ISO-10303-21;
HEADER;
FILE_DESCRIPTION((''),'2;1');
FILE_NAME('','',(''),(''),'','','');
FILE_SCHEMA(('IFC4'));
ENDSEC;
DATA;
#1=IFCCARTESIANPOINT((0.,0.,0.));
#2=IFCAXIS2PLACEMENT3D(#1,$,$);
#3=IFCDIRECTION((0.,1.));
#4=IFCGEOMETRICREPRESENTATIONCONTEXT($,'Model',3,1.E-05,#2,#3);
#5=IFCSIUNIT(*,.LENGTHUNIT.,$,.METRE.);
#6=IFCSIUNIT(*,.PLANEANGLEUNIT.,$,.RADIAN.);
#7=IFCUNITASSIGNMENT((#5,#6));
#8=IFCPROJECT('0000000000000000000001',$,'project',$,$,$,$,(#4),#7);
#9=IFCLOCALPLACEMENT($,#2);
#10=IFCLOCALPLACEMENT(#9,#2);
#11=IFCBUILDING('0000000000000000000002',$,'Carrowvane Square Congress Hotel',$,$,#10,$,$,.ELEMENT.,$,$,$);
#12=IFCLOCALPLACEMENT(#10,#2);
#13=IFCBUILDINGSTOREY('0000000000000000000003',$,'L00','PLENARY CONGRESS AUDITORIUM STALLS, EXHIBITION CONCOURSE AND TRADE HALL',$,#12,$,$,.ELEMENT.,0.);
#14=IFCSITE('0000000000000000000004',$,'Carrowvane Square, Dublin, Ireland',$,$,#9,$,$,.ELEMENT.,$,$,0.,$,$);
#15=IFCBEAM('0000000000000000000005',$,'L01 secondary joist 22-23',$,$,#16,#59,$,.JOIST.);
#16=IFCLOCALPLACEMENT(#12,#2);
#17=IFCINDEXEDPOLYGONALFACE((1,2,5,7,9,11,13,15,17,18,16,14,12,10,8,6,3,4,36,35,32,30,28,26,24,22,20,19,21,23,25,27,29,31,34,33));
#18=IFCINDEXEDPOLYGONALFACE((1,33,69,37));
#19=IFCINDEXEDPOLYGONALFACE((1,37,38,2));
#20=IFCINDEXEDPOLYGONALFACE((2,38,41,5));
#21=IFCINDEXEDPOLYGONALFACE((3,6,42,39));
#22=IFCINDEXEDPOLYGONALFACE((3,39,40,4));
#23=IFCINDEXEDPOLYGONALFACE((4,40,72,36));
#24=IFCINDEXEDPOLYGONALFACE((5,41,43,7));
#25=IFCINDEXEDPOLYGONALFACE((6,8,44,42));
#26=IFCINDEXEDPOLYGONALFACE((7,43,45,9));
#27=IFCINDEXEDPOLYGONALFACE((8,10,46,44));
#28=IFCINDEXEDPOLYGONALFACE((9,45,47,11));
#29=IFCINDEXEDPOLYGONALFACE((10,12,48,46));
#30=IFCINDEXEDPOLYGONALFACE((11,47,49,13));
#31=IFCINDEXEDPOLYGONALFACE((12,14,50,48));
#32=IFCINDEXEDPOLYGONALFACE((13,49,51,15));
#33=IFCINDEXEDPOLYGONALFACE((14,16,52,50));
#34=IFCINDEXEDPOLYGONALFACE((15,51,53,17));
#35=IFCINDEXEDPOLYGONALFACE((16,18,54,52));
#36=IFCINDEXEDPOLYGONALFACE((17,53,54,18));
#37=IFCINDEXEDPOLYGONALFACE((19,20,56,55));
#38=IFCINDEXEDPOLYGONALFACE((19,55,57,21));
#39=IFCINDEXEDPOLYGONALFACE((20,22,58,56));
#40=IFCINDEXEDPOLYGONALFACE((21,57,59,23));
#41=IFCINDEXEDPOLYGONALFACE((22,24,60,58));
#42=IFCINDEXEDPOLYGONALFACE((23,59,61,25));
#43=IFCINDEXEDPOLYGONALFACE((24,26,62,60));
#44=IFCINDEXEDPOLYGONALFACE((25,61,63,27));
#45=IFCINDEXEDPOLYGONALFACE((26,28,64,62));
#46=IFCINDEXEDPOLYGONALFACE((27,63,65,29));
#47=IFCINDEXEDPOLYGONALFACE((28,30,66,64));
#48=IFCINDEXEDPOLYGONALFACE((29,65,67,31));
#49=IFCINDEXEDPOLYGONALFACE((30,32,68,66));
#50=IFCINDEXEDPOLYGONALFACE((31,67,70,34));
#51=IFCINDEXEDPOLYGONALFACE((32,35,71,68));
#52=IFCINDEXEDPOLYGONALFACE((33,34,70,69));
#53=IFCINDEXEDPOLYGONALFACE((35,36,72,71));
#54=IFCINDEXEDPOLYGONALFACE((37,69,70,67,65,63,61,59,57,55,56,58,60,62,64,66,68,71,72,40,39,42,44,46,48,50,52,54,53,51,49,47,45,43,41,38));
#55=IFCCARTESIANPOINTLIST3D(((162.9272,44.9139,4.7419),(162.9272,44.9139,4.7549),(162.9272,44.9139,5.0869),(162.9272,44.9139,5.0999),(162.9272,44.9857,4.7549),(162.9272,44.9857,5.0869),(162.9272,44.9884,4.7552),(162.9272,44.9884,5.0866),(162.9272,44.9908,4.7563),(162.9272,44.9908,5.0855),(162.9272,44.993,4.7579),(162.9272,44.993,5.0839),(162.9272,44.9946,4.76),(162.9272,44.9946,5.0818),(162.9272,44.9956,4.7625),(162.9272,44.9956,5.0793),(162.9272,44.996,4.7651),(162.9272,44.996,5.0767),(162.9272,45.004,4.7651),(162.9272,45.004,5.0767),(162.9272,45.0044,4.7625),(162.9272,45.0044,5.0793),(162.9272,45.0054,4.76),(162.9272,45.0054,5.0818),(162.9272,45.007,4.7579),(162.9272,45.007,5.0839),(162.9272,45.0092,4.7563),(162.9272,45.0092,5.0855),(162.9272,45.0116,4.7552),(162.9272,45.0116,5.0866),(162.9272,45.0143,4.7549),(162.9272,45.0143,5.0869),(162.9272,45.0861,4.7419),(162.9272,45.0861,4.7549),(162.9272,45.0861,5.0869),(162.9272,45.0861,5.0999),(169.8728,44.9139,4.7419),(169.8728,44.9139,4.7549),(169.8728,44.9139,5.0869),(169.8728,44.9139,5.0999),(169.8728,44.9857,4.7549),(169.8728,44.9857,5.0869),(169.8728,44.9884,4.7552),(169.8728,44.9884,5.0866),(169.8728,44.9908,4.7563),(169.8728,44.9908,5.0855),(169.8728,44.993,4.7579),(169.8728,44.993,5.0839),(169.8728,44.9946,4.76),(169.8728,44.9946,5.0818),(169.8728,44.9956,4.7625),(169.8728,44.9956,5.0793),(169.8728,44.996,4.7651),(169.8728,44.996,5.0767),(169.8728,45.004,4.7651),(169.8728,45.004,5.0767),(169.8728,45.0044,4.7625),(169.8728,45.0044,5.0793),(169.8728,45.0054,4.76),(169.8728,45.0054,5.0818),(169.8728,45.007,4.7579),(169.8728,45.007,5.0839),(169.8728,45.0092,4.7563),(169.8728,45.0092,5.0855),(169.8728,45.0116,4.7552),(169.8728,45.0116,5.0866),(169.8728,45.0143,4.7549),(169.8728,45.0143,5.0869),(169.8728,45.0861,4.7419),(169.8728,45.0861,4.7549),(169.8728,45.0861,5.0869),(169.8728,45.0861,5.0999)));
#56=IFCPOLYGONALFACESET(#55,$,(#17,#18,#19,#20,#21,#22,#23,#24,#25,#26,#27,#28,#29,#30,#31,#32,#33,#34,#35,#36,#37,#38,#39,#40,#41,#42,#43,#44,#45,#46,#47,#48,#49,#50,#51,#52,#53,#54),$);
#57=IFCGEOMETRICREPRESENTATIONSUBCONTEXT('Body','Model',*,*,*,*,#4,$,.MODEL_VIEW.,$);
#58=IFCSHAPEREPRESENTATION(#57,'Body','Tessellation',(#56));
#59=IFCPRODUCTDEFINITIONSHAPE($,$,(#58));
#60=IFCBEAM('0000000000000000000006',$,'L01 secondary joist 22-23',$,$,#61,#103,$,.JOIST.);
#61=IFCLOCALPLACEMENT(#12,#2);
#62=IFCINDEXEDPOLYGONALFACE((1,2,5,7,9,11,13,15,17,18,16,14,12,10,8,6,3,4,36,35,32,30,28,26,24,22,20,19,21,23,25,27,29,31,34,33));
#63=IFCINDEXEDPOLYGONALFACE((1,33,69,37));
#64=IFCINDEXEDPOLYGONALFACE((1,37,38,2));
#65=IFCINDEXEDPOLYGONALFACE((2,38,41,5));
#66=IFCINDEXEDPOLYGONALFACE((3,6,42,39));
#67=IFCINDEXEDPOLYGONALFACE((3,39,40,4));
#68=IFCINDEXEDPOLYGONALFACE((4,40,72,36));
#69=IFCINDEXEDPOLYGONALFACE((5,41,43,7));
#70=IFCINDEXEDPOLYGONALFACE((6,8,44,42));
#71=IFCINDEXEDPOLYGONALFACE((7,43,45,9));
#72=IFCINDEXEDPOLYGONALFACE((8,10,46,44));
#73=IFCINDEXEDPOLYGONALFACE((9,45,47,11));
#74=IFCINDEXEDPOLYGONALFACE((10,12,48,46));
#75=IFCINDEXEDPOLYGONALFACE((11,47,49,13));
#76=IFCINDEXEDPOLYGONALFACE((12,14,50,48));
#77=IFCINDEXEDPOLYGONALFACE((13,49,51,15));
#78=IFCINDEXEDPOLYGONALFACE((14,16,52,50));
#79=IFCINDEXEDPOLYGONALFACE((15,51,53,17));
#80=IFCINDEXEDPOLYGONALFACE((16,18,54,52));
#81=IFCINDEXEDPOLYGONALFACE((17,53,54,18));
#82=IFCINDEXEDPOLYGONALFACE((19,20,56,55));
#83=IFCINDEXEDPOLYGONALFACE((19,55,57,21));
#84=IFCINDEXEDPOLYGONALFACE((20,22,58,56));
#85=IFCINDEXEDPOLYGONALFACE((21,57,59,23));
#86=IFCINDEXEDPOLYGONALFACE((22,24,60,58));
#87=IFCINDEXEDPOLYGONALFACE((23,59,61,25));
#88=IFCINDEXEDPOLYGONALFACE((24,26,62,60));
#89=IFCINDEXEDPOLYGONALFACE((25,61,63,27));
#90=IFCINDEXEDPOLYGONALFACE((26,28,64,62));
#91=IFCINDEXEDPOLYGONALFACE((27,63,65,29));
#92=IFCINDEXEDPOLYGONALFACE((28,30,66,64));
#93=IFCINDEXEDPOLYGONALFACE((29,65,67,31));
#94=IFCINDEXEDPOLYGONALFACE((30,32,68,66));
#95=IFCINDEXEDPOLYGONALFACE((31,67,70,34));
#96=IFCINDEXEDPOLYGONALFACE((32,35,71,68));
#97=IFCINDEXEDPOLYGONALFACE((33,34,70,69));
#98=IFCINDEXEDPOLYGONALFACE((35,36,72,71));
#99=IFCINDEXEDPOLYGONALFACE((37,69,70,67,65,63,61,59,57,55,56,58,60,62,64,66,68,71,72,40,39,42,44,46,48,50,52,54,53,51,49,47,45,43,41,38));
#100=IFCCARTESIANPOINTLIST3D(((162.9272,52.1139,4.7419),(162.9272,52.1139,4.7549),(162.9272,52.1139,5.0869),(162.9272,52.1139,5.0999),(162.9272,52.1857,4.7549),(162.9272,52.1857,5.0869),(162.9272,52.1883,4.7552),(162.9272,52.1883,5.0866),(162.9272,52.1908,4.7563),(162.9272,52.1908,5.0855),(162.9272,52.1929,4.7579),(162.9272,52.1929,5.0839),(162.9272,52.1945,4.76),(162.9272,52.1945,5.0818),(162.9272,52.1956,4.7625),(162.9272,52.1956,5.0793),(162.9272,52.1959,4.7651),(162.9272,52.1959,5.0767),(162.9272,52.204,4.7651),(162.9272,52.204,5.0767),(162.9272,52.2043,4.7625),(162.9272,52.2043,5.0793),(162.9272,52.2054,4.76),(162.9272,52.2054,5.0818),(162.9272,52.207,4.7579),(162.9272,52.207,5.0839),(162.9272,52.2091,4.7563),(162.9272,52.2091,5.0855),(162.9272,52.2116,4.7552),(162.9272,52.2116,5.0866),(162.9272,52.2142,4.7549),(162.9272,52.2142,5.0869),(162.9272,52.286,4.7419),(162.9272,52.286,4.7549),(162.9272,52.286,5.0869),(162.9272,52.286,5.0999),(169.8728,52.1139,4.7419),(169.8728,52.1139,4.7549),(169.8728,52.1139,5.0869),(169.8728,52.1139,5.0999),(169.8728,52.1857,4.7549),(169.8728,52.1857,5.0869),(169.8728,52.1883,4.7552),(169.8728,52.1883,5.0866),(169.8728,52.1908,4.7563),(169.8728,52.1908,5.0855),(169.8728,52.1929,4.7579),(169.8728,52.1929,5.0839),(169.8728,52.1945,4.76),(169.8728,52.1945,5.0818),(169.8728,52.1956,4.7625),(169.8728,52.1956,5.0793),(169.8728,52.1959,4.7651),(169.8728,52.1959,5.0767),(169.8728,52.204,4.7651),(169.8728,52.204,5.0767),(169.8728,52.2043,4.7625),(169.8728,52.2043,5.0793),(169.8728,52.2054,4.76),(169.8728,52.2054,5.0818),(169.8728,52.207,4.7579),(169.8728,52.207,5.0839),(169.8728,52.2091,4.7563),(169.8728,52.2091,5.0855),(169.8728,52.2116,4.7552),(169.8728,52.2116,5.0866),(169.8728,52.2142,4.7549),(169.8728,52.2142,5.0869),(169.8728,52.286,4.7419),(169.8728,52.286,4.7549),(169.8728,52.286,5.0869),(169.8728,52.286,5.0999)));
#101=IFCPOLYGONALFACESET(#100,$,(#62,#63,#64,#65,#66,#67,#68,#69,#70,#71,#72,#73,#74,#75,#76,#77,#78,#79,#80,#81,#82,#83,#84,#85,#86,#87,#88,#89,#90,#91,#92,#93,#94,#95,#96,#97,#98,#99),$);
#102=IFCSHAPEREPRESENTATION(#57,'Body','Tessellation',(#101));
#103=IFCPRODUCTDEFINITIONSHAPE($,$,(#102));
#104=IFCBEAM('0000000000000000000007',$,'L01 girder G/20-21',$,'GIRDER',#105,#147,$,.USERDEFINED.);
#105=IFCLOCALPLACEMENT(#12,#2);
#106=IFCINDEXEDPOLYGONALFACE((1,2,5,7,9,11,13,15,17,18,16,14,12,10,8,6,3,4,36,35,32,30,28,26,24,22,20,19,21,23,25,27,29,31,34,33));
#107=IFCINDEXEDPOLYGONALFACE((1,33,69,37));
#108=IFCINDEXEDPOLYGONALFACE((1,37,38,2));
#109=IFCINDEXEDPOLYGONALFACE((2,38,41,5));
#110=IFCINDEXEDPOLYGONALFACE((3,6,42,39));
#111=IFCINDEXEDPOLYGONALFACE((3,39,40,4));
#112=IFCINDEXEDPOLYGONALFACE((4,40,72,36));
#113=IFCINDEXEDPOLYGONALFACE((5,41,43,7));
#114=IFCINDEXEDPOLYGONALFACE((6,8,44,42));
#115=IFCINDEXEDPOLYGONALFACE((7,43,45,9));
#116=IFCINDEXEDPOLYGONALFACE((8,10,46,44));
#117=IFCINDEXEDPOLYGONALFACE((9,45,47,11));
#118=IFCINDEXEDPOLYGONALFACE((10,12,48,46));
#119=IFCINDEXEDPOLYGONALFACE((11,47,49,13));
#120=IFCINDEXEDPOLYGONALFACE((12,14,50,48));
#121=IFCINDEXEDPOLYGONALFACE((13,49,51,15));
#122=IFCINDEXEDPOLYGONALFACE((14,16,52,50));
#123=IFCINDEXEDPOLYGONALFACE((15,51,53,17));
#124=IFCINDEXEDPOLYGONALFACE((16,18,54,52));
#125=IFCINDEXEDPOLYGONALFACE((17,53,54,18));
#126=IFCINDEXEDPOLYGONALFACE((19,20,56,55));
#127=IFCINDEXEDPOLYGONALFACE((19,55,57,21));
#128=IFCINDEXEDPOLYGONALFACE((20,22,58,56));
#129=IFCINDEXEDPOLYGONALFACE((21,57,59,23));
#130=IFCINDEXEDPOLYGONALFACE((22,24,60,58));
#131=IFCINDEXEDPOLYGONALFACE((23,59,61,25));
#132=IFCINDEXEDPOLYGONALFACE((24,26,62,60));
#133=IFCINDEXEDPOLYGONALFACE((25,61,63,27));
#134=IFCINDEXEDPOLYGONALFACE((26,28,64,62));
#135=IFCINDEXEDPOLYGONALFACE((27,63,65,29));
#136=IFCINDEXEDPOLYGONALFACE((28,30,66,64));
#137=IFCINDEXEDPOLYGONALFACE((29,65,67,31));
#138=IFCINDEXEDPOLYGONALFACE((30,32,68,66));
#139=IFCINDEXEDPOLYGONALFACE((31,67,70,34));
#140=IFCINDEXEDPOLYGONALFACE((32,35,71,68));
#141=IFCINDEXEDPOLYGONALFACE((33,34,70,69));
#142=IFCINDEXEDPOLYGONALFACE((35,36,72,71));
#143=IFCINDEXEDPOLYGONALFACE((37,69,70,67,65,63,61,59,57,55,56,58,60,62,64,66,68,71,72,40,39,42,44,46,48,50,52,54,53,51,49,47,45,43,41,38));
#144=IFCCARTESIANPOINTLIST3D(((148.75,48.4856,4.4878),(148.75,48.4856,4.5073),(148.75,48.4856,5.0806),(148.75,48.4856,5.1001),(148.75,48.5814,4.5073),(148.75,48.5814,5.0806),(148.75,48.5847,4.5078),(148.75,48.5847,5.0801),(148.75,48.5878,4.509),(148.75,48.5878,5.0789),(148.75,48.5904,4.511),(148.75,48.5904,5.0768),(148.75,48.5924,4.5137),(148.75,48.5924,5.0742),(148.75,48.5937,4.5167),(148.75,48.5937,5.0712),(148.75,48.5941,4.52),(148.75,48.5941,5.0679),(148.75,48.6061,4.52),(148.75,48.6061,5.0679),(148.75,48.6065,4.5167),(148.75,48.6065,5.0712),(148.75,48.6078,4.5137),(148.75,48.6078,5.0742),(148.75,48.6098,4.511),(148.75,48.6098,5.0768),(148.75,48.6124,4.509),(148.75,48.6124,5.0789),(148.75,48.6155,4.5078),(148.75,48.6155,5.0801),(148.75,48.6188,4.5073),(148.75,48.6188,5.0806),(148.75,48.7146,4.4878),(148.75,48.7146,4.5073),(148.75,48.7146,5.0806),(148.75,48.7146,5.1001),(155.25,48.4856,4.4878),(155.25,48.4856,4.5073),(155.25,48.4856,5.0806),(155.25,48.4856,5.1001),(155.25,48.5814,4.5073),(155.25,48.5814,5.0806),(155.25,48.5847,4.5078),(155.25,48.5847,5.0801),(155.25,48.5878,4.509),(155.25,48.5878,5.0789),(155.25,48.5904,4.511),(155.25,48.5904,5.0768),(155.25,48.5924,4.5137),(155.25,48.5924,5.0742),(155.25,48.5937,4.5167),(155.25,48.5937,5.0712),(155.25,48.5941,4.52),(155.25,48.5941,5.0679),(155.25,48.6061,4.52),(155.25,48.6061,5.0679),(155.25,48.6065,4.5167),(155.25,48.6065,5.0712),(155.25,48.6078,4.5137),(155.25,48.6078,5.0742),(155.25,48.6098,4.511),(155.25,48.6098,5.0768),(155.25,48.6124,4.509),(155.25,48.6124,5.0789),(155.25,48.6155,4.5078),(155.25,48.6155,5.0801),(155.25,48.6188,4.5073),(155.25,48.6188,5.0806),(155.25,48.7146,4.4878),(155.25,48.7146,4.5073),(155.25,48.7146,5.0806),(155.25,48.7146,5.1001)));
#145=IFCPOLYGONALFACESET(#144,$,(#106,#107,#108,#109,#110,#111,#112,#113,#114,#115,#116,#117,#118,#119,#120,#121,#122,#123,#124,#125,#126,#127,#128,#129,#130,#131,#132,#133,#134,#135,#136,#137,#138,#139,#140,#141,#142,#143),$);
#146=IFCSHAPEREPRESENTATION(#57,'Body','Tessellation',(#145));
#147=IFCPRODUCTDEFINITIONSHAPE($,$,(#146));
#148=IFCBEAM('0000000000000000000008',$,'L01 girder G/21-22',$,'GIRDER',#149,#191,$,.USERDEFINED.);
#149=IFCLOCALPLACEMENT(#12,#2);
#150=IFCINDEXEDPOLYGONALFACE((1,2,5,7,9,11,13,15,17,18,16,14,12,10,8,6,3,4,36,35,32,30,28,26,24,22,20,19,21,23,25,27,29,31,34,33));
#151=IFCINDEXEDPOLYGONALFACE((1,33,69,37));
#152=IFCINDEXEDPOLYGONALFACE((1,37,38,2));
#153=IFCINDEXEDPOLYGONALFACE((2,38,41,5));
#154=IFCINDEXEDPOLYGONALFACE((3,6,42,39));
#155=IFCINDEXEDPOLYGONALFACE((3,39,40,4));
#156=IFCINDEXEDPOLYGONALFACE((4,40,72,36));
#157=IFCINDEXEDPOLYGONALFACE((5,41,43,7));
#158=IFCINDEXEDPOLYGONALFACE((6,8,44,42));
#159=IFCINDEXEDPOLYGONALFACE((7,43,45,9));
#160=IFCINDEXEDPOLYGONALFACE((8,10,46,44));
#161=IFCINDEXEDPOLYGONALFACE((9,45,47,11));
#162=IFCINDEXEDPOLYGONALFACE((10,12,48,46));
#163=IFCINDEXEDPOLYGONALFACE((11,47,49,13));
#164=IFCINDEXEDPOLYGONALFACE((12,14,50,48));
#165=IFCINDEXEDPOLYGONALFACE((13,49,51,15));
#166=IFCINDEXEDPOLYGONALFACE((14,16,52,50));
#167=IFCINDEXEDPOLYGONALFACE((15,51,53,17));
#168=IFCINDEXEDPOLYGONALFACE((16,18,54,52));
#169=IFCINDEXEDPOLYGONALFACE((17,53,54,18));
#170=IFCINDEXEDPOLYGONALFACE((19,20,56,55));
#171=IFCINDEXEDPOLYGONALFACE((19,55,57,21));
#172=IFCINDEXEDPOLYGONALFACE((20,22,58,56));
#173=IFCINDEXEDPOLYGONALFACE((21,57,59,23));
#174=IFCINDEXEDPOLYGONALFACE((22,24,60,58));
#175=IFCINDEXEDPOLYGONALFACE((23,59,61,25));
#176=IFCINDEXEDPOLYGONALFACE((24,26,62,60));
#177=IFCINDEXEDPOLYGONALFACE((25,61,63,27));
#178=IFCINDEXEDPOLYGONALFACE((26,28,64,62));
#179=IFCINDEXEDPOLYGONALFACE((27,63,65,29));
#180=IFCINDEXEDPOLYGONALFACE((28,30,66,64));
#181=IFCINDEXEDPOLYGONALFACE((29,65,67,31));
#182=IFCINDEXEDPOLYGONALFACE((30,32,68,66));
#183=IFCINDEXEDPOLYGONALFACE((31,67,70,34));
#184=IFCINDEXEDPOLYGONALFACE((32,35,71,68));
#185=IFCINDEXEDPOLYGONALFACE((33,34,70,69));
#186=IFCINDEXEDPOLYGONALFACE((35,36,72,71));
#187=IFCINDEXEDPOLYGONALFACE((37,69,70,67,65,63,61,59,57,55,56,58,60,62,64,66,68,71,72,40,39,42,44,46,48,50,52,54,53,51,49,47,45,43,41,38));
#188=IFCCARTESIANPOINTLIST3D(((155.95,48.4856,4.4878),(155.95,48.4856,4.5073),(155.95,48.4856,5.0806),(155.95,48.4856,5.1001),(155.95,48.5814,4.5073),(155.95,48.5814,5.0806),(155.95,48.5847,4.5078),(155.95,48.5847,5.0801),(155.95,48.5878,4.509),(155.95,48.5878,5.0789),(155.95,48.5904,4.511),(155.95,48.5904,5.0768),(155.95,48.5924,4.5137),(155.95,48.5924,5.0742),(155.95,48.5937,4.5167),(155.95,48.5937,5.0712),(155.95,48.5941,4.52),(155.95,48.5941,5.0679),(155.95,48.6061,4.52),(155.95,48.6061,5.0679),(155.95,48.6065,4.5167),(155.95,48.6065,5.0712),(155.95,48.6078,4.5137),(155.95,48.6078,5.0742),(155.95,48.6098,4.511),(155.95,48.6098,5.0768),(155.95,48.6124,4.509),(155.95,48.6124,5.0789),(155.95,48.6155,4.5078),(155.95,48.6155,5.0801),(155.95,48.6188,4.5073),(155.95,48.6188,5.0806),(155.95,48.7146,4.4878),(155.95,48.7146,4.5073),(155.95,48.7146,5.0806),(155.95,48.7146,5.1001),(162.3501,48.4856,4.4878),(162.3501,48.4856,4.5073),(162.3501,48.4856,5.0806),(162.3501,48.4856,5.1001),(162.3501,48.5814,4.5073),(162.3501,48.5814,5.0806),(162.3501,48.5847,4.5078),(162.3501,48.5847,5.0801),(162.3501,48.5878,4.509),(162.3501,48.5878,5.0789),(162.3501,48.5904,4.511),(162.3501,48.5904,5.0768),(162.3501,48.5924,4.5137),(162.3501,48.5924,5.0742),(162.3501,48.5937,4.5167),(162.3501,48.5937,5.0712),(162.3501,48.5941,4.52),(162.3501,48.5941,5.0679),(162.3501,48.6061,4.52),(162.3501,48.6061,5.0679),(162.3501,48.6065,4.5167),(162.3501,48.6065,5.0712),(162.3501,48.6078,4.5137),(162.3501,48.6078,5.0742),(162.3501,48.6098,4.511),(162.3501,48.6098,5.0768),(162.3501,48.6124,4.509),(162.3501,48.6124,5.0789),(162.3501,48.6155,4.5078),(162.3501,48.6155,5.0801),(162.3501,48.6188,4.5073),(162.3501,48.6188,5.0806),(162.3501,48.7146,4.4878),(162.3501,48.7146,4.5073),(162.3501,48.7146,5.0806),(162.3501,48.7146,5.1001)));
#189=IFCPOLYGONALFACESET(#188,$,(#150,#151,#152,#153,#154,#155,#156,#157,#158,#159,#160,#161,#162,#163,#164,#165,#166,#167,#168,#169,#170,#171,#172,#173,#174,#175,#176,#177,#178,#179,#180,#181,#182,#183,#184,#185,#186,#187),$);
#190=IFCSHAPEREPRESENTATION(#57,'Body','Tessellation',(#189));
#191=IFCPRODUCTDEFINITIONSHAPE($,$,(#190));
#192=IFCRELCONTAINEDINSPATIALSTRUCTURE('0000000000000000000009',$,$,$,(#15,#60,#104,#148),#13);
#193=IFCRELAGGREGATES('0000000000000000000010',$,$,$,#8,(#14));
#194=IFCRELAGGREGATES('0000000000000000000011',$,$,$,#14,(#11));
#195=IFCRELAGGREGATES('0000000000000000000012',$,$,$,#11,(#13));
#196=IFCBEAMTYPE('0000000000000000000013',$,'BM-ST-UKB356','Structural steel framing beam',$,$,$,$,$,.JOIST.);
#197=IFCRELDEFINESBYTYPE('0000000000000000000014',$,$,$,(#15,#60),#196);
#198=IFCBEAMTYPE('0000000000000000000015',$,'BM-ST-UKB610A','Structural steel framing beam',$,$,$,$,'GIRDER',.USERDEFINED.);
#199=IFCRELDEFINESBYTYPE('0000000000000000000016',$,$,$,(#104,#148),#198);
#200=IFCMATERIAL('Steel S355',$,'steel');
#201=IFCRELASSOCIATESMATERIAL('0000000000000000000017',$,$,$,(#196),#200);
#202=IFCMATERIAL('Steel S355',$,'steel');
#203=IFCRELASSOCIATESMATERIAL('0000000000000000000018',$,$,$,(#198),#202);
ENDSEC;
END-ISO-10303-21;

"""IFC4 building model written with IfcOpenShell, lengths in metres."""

from ifc_helpers import new_model, si_unit, direction, frame, origin, origin_2d, place, context, subcontext, project, spatial, i_section, extrude, material, material_profile, profile_set, type_object, element, save


model = new_model("IFC4")

# Units and contexts
model_context = context("Model", 3, precision=1e-05, world=origin(), true_north=direction((0.0, 1.0)))
body_context = subcontext(model_context, "Body", "Model", "MODEL_VIEW")
ifc_project = project(units=[si_unit("LENGTHUNIT", "METRE"), si_unit("PLANEANGLEUNIT", "RADIAN")], contexts=[model_context])

# Site, building, storey
site_placement = place(None, origin())
site = spatial("IfcSite", under=ifc_project, at=site_placement, Name="Carrowvane Square, Dublin, Ireland", CompositionType="ELEMENT", RefElevation=0.0)
building_placement = place(site_placement, origin())
building = spatial("IfcBuilding", under=site, at=building_placement, Name="Carrowvane Square Congress Hotel", CompositionType="ELEMENT")
storey_placement = place(building_placement, origin())
storey = spatial("IfcBuildingStorey", under=building, at=storey_placement, Name="L00", Description="PLENARY CONGRESS AUDITORIUM STALLS, EXHIBITION CONCOURSE AND TRADE HALL", CompositionType="ELEMENT", Elevation=0.0)

# Beams
ifc_material_1 = material(Name="Steel S355", Category="steel")
ifc_material_profile_1 = material_profile(ifc_material_1, i_section(OverallWidth=0.1721, OverallDepth=0.3579, WebThickness=0.0081, FlangeThickness=0.0129, FilletRadius=0.0103, at=origin_2d()), Name="UKB 356x171x57")
ifc_profile_set_1 = profile_set([ifc_material_profile_1], Name="Steel S355")
beam_type_1 = type_object("IfcBeamType", Name="BM-ST-UKB356", Description="Structural steel framing beam", PredefinedType="JOIST", material=ifc_profile_set_1)
for number, where, z_axis, x_axis, name in (
    (1, (162.9272, 45.0, 4.9209), (1.0, 0.0, 0.0), (0.0, 1.0, 0.0), "L01 secondary joist 22-23"),
    (2, (162.9272, 52.2, 4.9209), (1.0, 0.0, 0.0), (0.0, 1.0, 0.0), "L01 secondary joist 22-23"),
):
    element("IfcBeam", number, at=place(storey_placement, frame(where, z_axis=z_axis, x_axis=x_axis)), inside=storey, type_object=beam_type_1, Name=name, PredefinedType="JOIST", context=body_context, shape_type="SweptSolid", body=[
        extrude(i_section(OverallWidth=0.1721, OverallDepth=0.3579, WebThickness=0.0081, FlangeThickness=0.0129, FilletRadius=0.0103, at=origin_2d()), origin(), (0.0, 0.0, 1.0), 6.9456),
    ])
ifc_material_2 = material(Name="Steel S355", Category="steel")
ifc_material_profile_2 = material_profile(ifc_material_2, i_section(OverallWidth=0.229, OverallDepth=0.6123, WebThickness=0.012, FlangeThickness=0.0195, FilletRadius=0.0127, at=origin_2d()), Name="UKB 610x229x125")
ifc_profile_set_2 = profile_set([ifc_material_profile_2], Name="Steel S355")
beam_type_2 = type_object("IfcBeamType", Name="BM-ST-UKB610A", Description="Structural steel framing beam", ElementType="GIRDER", PredefinedType="USERDEFINED", material=ifc_profile_set_2)
beam_1_placement = place(storey_placement, frame((148.75, 48.6001, 4.7939), z_axis=(1.0, 0.0, 0.0), x_axis=(0.0, 1.0, 0.0)))
element("IfcBeam", 3, at=beam_1_placement, inside=storey, type_object=beam_type_2, Name="L01 girder G/20-21", ObjectType="GIRDER", PredefinedType="USERDEFINED", context=body_context, shape_type="SweptSolid", body=[
    extrude(i_section(OverallWidth=0.229, OverallDepth=0.6123, WebThickness=0.012, FlangeThickness=0.0195, FilletRadius=0.0127, at=origin_2d()), origin(), (0.0, 0.0, 1.0), 6.5),
])
beam_2_placement = place(storey_placement, frame((155.95, 48.6001, 4.7939), z_axis=(1.0, 0.0, 0.0), x_axis=(0.0, 1.0, 0.0)))
element("IfcBeam", 4, at=beam_2_placement, inside=storey, type_object=beam_type_2, Name="L01 girder G/21-22", ObjectType="GIRDER", PredefinedType="USERDEFINED", context=body_context, shape_type="SweptSolid", body=[
    extrude(i_section(OverallWidth=0.229, OverallDepth=0.6123, WebThickness=0.012, FlangeThickness=0.0195, FilletRadius=0.0127, at=origin_2d()), origin(), (0.0, 0.0, 1.0), 6.4001),
])

save(model, "model.ifc")
